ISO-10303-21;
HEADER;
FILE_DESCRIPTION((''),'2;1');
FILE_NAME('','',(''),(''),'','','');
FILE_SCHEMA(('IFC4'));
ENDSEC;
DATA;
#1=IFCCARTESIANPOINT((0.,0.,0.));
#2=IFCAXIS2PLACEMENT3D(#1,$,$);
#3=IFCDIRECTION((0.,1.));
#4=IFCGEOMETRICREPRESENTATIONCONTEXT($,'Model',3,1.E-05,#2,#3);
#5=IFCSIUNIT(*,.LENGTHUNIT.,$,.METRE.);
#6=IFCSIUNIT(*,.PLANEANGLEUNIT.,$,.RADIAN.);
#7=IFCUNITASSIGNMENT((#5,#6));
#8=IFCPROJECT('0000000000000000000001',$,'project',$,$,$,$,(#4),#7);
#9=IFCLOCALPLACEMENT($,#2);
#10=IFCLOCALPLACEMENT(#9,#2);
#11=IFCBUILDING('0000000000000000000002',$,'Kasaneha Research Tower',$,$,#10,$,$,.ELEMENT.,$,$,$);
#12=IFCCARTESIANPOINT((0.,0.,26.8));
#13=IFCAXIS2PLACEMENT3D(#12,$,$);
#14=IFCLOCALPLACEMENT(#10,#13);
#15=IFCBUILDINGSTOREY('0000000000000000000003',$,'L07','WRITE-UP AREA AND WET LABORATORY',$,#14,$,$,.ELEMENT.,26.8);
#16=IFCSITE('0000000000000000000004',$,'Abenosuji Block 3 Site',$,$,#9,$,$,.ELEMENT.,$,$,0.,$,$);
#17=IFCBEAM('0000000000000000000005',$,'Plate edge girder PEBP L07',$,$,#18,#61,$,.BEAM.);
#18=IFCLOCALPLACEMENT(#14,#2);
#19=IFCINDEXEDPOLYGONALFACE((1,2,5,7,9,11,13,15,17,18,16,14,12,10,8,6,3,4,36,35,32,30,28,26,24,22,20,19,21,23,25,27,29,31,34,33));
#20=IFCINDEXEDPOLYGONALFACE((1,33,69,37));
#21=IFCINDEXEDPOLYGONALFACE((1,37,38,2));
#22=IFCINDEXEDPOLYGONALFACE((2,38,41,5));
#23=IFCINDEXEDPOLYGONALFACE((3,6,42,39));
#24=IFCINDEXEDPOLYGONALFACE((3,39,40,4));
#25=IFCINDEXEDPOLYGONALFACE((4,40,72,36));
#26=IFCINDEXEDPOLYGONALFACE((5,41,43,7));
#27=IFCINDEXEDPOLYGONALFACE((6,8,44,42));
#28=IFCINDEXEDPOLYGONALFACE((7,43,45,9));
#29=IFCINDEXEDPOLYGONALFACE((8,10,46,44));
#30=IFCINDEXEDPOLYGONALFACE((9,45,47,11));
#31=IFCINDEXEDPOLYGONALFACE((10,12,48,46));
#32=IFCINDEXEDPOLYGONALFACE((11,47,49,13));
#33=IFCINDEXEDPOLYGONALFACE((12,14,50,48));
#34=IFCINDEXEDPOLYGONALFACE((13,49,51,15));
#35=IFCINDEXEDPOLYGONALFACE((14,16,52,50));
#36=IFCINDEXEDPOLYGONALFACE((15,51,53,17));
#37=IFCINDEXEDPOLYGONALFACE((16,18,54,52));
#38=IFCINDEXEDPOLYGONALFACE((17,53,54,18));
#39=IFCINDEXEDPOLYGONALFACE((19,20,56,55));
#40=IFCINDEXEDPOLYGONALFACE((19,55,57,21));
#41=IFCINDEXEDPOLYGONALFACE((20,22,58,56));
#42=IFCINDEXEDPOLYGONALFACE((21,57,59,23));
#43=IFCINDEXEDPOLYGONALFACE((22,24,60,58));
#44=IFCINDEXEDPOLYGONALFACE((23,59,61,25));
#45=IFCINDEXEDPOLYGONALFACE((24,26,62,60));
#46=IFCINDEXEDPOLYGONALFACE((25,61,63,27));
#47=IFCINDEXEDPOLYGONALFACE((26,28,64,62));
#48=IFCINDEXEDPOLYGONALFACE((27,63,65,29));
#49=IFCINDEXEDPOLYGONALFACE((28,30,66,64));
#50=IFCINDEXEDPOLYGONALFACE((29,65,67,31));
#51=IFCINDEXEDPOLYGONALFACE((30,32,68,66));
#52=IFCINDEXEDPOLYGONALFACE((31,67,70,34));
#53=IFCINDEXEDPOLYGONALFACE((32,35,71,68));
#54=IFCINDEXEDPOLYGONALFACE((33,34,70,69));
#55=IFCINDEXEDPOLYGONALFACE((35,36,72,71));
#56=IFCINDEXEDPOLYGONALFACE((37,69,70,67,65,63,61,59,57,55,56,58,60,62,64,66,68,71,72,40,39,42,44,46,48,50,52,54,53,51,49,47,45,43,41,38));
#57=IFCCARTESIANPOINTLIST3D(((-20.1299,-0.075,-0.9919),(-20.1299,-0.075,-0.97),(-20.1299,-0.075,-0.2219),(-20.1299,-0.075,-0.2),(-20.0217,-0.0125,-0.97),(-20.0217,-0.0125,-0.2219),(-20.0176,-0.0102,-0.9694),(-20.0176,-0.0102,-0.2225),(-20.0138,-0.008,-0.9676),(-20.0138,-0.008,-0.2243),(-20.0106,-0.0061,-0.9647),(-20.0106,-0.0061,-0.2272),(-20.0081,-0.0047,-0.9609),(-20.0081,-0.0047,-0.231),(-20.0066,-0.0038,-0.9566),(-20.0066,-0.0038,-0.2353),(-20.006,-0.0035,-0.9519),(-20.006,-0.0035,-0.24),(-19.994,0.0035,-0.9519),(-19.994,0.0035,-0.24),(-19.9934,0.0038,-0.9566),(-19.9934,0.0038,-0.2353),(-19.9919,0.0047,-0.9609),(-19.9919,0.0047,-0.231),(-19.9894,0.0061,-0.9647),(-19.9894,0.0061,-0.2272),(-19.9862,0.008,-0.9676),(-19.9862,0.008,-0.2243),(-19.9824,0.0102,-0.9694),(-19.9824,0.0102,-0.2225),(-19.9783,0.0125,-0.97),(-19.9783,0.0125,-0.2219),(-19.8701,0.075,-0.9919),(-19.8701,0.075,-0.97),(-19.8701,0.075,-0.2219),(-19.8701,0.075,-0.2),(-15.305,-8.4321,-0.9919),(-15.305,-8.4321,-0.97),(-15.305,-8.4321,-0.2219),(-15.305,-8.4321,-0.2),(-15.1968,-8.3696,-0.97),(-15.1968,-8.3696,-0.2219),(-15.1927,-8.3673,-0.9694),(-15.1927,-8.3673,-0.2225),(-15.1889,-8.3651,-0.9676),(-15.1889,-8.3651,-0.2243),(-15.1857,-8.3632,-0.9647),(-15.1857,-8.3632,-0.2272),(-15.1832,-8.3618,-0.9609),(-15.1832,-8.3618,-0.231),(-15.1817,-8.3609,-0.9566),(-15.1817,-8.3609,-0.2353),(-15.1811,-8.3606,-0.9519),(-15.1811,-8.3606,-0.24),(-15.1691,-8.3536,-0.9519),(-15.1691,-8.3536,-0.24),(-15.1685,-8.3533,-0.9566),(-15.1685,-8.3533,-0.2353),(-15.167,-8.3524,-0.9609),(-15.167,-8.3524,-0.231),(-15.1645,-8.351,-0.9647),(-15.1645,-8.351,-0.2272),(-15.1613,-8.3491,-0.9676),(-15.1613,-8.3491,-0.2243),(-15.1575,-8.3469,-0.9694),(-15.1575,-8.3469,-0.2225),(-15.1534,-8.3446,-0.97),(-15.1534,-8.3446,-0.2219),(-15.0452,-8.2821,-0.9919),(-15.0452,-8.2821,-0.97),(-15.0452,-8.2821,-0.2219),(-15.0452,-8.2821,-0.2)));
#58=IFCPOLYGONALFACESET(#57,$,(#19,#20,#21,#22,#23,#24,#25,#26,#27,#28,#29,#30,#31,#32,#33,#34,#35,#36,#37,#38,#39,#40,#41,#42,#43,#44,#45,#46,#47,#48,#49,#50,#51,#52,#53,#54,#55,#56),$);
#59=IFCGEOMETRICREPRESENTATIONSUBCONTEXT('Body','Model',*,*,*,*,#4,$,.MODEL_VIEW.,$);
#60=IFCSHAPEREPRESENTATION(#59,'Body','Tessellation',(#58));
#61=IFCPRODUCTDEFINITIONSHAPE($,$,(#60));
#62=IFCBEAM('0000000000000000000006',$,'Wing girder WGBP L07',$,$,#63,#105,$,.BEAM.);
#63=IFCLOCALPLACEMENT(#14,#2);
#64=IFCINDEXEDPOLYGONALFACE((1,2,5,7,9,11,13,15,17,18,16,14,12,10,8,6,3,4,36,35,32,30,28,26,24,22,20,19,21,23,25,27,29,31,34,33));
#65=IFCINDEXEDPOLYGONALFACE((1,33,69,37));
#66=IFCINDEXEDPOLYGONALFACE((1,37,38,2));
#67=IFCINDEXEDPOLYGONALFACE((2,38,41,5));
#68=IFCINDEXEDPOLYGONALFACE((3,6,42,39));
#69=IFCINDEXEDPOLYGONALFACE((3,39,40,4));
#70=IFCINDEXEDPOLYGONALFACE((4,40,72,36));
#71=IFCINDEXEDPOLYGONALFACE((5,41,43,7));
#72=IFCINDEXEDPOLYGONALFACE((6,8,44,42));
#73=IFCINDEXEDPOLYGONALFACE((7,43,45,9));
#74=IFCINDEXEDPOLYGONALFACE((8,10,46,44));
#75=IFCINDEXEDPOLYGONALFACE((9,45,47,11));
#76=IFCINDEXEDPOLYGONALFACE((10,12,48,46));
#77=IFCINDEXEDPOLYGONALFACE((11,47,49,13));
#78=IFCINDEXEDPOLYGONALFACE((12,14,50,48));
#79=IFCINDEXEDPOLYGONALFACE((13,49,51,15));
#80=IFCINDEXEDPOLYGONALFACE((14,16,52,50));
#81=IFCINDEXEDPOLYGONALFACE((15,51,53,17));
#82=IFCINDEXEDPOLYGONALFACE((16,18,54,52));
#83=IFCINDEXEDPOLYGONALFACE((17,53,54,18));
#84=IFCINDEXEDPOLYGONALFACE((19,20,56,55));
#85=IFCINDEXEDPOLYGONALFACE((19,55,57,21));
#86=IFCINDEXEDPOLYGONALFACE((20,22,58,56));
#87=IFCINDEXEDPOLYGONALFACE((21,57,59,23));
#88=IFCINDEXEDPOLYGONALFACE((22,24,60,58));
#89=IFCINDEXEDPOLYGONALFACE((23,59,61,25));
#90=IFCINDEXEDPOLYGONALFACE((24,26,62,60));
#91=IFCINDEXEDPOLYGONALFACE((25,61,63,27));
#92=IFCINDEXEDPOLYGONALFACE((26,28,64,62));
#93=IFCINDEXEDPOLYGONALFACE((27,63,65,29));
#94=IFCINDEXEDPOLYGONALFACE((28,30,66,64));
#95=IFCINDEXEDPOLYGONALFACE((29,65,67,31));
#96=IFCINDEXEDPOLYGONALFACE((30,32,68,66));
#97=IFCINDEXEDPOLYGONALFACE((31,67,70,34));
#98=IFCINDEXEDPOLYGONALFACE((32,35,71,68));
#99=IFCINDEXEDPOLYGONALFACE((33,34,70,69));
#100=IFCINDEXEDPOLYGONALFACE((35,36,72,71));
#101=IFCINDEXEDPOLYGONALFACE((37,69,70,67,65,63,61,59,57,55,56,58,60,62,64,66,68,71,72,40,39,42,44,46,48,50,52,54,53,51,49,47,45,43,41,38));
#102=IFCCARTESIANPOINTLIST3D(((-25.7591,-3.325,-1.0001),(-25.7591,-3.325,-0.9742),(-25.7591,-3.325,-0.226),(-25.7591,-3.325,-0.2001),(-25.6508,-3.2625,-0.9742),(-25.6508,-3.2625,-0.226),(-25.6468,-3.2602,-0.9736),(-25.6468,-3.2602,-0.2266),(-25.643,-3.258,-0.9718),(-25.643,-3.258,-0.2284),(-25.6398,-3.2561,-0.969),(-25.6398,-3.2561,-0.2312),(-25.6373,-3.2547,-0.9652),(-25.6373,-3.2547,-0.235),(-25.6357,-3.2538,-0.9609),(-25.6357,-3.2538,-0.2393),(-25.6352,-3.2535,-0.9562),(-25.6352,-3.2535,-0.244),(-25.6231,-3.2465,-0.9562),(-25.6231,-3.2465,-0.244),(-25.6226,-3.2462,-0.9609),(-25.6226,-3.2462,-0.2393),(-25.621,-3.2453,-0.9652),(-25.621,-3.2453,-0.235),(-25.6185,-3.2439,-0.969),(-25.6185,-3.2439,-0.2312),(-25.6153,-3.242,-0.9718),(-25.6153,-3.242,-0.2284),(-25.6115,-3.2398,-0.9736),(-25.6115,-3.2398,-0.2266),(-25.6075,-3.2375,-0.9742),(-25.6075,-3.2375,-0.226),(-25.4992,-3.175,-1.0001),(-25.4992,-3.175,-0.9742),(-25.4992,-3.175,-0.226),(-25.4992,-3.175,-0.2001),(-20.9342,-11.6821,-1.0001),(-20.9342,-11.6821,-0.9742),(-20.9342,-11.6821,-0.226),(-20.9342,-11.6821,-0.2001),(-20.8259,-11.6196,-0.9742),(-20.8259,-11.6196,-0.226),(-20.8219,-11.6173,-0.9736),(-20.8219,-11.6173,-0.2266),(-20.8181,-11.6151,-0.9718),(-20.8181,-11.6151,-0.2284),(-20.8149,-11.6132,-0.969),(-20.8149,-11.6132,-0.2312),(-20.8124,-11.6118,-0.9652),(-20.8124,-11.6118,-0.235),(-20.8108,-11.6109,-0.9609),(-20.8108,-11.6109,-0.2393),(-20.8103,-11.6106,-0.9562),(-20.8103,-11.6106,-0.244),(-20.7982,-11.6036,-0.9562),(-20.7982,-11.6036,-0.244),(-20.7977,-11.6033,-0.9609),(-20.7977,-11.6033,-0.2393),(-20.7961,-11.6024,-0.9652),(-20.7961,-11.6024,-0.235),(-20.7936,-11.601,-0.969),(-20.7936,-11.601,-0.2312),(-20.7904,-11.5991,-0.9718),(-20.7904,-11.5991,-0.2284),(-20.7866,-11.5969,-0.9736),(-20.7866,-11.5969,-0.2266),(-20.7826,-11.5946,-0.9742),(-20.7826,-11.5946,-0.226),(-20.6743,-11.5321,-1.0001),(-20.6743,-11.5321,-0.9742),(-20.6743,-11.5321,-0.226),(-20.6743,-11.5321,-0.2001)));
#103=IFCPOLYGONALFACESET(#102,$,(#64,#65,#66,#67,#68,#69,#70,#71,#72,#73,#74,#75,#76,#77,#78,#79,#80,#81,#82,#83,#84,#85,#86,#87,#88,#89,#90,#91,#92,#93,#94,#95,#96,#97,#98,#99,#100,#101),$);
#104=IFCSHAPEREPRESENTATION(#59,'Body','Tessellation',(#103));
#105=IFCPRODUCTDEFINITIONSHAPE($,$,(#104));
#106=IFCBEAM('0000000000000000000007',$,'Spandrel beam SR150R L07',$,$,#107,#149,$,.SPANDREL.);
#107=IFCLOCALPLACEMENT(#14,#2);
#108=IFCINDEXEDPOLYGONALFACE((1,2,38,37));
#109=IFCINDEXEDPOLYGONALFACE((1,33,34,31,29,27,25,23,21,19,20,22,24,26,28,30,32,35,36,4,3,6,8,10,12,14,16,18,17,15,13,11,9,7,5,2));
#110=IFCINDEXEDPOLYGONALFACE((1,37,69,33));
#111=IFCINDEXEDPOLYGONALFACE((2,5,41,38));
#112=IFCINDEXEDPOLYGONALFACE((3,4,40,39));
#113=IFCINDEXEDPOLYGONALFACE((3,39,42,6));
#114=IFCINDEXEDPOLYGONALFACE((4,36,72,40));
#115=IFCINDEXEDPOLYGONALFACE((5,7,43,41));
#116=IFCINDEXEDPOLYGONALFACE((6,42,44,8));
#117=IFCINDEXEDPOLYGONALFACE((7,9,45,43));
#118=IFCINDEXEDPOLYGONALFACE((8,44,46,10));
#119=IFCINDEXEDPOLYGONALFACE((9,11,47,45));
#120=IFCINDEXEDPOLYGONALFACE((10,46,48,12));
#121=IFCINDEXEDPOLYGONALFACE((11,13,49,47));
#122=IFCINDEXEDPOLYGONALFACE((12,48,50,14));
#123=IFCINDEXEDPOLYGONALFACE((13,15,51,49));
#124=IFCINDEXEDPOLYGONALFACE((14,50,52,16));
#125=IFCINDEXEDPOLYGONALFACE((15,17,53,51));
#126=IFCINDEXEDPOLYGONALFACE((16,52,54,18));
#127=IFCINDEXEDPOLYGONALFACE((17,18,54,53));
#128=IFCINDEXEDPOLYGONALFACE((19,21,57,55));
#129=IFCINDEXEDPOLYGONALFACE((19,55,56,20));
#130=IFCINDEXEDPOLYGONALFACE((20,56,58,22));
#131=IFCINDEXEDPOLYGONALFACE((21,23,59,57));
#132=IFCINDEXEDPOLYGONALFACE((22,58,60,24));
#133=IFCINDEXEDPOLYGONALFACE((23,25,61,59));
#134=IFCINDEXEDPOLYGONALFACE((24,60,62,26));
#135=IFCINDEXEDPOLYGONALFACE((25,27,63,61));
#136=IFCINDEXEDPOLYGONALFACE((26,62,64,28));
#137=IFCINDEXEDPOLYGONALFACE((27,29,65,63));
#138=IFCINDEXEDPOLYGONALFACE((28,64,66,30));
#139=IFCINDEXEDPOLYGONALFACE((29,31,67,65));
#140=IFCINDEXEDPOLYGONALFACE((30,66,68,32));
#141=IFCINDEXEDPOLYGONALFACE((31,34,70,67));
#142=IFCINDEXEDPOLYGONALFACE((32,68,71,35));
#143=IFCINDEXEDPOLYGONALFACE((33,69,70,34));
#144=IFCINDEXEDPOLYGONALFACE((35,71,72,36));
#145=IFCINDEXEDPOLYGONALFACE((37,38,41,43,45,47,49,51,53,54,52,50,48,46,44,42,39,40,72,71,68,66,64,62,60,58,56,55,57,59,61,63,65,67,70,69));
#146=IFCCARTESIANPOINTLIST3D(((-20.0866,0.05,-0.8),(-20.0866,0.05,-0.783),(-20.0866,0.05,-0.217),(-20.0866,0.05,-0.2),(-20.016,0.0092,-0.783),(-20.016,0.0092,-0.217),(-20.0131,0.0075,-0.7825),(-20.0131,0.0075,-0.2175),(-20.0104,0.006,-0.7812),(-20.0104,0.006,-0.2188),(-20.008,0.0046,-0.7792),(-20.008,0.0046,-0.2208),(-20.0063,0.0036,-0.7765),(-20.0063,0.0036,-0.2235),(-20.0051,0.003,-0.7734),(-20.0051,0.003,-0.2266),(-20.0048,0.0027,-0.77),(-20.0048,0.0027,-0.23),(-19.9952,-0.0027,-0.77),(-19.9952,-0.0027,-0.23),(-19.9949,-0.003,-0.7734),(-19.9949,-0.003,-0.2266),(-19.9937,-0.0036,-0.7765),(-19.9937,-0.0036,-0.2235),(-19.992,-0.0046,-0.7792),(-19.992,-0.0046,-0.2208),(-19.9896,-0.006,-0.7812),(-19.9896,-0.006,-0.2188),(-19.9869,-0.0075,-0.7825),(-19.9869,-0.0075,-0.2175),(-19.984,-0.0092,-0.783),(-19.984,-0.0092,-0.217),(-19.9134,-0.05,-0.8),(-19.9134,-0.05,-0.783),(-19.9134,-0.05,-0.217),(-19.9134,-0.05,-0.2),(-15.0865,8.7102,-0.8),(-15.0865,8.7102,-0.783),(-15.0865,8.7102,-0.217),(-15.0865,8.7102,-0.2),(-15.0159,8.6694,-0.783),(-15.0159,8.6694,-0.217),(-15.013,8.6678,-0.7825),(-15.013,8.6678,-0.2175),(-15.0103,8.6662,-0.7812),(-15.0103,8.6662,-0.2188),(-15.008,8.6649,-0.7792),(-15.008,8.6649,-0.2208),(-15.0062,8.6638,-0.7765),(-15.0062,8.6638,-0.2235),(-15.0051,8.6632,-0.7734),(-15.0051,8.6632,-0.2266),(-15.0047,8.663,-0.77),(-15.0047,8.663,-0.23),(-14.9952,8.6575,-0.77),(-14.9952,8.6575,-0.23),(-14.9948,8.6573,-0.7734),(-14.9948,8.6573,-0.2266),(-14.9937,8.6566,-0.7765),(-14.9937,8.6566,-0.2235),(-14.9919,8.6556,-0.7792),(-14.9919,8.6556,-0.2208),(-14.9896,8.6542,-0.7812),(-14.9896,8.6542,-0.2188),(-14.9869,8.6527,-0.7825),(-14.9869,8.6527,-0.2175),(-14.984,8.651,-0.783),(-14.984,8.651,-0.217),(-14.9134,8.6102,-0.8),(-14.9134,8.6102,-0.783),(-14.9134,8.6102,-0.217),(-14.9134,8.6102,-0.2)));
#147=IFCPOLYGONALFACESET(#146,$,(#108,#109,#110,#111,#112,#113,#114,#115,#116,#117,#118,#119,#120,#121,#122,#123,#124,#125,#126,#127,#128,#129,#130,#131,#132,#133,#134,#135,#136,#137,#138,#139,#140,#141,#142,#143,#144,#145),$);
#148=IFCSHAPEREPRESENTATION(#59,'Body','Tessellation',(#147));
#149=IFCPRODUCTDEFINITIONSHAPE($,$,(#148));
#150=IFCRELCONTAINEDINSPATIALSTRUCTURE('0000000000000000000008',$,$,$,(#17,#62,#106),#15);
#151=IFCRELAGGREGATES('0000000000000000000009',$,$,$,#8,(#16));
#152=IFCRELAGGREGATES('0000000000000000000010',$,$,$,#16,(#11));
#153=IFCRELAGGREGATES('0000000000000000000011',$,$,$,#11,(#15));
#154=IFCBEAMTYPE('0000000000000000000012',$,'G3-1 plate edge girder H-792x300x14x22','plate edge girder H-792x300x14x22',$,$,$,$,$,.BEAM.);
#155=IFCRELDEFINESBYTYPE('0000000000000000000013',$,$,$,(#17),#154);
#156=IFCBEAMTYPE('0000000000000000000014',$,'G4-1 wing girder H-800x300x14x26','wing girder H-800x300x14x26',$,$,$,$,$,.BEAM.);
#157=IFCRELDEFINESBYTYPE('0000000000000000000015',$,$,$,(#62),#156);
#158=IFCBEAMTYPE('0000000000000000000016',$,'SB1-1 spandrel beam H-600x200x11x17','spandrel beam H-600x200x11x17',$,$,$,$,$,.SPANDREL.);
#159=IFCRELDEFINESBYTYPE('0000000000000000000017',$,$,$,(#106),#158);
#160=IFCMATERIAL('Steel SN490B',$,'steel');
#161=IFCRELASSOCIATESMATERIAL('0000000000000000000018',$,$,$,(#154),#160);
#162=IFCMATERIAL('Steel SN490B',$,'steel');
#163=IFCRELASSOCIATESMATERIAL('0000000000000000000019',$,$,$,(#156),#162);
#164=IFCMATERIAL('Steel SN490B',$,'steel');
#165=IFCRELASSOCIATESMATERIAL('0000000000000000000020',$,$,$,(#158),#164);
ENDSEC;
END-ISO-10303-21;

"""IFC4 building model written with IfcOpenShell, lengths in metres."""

from ifc_helpers import new_model, si_unit, direction, frame, origin, origin_2d, place, context, subcontext, project, spatial, i_section, extrude, material, material_profile, profile_set, type_object, element, save


model = new_model("IFC4")

# Units and contexts
model_context = context("Model", 3, precision=1e-05, world=origin(), true_north=direction((0.0, 1.0)))
body_context = subcontext(model_context, "Body", "Model", "MODEL_VIEW")
ifc_project = project(units=[si_unit("LENGTHUNIT", "METRE"), si_unit("PLANEANGLEUNIT", "RADIAN")], contexts=[model_context])

# Site, building, storey
site_placement = place(None, origin())
site = spatial("IfcSite", under=ifc_project, at=site_placement, Name="Abenosuji Block 3 Site", CompositionType="ELEMENT", RefElevation=0.0)
building_placement = place(site_placement, origin())
building = spatial("IfcBuilding", under=site, at=building_placement, Name="Kasaneha Research Tower", CompositionType="ELEMENT")
storey_placement = place(building_placement, frame((0.0, 0.0, 26.8)))
storey = spatial("IfcBuildingStorey", under=building, at=storey_placement, Name="L07", Description="WRITE-UP AREA AND WET LABORATORY", CompositionType="ELEMENT", Elevation=26.8)

# Beams
ifc_material_1 = material(Name="Steel SN490B", Category="steel")
ifc_material_profile_1 = material_profile(ifc_material_1, i_section(OverallWidth=0.3, OverallDepth=0.792, WebThickness=0.0139, FlangeThickness=0.022, FilletRadius=0.0181, at=origin_2d()), Name="H-792x300x14x22")
ifc_profile_set_1 = profile_set([ifc_material_profile_1], Name="Steel SN490B")
beam_type_1 = type_object("IfcBeamType", Name="G3-1 plate edge girder H-792x300x14x22", Description="plate edge girder H-792x300x14x22", PredefinedType="BEAM", material=ifc_profile_set_1)
beam_1_placement = place(storey_placement, frame((-20.0, 0.0, -0.5959), z_axis=(0.499995, -0.866028, 0.0), x_axis=(0.866028, 0.499995, 0.0)))
element("IfcBeam", 1, at=beam_1_placement, inside=storey, type_object=beam_type_1, Name="Plate edge girder PEBP L07", PredefinedType="BEAM", context=body_context, shape_type="SweptSolid", body=[
    extrude(i_section(OverallWidth=0.3, OverallDepth=0.792, WebThickness=0.0139, FlangeThickness=0.022, FilletRadius=0.0181, at=origin_2d()), origin(), (0.0, 0.0, 1.0), 9.6499),
])
ifc_material_2 = material(Name="Steel SN490B", Category="steel")
ifc_material_profile_2 = material_profile(ifc_material_2, i_section(OverallWidth=0.3, OverallDepth=0.8, WebThickness=0.0139, FlangeThickness=0.0259, FilletRadius=0.0181, at=origin_2d()), Name="H-800x300x14x26")
ifc_profile_set_2 = profile_set([ifc_material_profile_2], Name="Steel SN490B")
beam_type_2 = type_object("IfcBeamType", Name="G4-1 wing girder H-800x300x14x26", Description="wing girder H-800x300x14x26", PredefinedType="BEAM", material=ifc_profile_set_2)
beam_2_placement = place(storey_placement, frame((-25.6292, -3.25, -0.6001), z_axis=(0.499995, -0.866028, 0.0), x_axis=(0.866028, 0.499995, 0.0)))
element("IfcBeam", 2, at=beam_2_placement, inside=storey, type_object=beam_type_2, Name="Wing girder WGBP L07", PredefinedType="BEAM", context=body_context, shape_type="SweptSolid", body=[
    extrude(i_section(OverallWidth=0.3, OverallDepth=0.8, WebThickness=0.0139, FlangeThickness=0.0259, FilletRadius=0.0181, at=origin_2d()), origin(), (0.0, 0.0, 1.0), 9.6499),
])
ifc_material_3 = material(Name="Steel SN490B", Category="steel")
ifc_material_profile_3 = material_profile(ifc_material_3, i_section(OverallWidth=0.2, OverallDepth=0.6001, WebThickness=0.011, FlangeThickness=0.0171, FilletRadius=0.0129, at=origin_2d()), Name="H-600x200x11x17")
ifc_profile_set_3 = profile_set([ifc_material_profile_3], Name="Steel SN490B")
beam_type_3 = type_object("IfcBeamType", Name="SB1-1 spandrel beam H-600x200x11x17", Description="spandrel beam H-600x200x11x17", PredefinedType="SPANDREL", material=ifc_profile_set_3)
beam_3_placement = place(storey_placement, frame((-20.0, 0.0, -0.5), z_axis=(0.500004, 0.866023, 0.0), x_axis=(-0.866023, 0.500004, 0.0)))
element("IfcBeam", 3, at=beam_3_placement, inside=storey, type_object=beam_type_3, Name="Spandrel beam SR150R L07", PredefinedType="SPANDREL", context=body_context, shape_type="SweptSolid", body=[
    extrude(i_section(OverallWidth=0.2, OverallDepth=0.6001, WebThickness=0.011, FlangeThickness=0.0171, FilletRadius=0.0129, at=origin_2d()), origin(), (0.0, 0.0, 1.0), 10.0),
])

save(model, "model.ifc")
